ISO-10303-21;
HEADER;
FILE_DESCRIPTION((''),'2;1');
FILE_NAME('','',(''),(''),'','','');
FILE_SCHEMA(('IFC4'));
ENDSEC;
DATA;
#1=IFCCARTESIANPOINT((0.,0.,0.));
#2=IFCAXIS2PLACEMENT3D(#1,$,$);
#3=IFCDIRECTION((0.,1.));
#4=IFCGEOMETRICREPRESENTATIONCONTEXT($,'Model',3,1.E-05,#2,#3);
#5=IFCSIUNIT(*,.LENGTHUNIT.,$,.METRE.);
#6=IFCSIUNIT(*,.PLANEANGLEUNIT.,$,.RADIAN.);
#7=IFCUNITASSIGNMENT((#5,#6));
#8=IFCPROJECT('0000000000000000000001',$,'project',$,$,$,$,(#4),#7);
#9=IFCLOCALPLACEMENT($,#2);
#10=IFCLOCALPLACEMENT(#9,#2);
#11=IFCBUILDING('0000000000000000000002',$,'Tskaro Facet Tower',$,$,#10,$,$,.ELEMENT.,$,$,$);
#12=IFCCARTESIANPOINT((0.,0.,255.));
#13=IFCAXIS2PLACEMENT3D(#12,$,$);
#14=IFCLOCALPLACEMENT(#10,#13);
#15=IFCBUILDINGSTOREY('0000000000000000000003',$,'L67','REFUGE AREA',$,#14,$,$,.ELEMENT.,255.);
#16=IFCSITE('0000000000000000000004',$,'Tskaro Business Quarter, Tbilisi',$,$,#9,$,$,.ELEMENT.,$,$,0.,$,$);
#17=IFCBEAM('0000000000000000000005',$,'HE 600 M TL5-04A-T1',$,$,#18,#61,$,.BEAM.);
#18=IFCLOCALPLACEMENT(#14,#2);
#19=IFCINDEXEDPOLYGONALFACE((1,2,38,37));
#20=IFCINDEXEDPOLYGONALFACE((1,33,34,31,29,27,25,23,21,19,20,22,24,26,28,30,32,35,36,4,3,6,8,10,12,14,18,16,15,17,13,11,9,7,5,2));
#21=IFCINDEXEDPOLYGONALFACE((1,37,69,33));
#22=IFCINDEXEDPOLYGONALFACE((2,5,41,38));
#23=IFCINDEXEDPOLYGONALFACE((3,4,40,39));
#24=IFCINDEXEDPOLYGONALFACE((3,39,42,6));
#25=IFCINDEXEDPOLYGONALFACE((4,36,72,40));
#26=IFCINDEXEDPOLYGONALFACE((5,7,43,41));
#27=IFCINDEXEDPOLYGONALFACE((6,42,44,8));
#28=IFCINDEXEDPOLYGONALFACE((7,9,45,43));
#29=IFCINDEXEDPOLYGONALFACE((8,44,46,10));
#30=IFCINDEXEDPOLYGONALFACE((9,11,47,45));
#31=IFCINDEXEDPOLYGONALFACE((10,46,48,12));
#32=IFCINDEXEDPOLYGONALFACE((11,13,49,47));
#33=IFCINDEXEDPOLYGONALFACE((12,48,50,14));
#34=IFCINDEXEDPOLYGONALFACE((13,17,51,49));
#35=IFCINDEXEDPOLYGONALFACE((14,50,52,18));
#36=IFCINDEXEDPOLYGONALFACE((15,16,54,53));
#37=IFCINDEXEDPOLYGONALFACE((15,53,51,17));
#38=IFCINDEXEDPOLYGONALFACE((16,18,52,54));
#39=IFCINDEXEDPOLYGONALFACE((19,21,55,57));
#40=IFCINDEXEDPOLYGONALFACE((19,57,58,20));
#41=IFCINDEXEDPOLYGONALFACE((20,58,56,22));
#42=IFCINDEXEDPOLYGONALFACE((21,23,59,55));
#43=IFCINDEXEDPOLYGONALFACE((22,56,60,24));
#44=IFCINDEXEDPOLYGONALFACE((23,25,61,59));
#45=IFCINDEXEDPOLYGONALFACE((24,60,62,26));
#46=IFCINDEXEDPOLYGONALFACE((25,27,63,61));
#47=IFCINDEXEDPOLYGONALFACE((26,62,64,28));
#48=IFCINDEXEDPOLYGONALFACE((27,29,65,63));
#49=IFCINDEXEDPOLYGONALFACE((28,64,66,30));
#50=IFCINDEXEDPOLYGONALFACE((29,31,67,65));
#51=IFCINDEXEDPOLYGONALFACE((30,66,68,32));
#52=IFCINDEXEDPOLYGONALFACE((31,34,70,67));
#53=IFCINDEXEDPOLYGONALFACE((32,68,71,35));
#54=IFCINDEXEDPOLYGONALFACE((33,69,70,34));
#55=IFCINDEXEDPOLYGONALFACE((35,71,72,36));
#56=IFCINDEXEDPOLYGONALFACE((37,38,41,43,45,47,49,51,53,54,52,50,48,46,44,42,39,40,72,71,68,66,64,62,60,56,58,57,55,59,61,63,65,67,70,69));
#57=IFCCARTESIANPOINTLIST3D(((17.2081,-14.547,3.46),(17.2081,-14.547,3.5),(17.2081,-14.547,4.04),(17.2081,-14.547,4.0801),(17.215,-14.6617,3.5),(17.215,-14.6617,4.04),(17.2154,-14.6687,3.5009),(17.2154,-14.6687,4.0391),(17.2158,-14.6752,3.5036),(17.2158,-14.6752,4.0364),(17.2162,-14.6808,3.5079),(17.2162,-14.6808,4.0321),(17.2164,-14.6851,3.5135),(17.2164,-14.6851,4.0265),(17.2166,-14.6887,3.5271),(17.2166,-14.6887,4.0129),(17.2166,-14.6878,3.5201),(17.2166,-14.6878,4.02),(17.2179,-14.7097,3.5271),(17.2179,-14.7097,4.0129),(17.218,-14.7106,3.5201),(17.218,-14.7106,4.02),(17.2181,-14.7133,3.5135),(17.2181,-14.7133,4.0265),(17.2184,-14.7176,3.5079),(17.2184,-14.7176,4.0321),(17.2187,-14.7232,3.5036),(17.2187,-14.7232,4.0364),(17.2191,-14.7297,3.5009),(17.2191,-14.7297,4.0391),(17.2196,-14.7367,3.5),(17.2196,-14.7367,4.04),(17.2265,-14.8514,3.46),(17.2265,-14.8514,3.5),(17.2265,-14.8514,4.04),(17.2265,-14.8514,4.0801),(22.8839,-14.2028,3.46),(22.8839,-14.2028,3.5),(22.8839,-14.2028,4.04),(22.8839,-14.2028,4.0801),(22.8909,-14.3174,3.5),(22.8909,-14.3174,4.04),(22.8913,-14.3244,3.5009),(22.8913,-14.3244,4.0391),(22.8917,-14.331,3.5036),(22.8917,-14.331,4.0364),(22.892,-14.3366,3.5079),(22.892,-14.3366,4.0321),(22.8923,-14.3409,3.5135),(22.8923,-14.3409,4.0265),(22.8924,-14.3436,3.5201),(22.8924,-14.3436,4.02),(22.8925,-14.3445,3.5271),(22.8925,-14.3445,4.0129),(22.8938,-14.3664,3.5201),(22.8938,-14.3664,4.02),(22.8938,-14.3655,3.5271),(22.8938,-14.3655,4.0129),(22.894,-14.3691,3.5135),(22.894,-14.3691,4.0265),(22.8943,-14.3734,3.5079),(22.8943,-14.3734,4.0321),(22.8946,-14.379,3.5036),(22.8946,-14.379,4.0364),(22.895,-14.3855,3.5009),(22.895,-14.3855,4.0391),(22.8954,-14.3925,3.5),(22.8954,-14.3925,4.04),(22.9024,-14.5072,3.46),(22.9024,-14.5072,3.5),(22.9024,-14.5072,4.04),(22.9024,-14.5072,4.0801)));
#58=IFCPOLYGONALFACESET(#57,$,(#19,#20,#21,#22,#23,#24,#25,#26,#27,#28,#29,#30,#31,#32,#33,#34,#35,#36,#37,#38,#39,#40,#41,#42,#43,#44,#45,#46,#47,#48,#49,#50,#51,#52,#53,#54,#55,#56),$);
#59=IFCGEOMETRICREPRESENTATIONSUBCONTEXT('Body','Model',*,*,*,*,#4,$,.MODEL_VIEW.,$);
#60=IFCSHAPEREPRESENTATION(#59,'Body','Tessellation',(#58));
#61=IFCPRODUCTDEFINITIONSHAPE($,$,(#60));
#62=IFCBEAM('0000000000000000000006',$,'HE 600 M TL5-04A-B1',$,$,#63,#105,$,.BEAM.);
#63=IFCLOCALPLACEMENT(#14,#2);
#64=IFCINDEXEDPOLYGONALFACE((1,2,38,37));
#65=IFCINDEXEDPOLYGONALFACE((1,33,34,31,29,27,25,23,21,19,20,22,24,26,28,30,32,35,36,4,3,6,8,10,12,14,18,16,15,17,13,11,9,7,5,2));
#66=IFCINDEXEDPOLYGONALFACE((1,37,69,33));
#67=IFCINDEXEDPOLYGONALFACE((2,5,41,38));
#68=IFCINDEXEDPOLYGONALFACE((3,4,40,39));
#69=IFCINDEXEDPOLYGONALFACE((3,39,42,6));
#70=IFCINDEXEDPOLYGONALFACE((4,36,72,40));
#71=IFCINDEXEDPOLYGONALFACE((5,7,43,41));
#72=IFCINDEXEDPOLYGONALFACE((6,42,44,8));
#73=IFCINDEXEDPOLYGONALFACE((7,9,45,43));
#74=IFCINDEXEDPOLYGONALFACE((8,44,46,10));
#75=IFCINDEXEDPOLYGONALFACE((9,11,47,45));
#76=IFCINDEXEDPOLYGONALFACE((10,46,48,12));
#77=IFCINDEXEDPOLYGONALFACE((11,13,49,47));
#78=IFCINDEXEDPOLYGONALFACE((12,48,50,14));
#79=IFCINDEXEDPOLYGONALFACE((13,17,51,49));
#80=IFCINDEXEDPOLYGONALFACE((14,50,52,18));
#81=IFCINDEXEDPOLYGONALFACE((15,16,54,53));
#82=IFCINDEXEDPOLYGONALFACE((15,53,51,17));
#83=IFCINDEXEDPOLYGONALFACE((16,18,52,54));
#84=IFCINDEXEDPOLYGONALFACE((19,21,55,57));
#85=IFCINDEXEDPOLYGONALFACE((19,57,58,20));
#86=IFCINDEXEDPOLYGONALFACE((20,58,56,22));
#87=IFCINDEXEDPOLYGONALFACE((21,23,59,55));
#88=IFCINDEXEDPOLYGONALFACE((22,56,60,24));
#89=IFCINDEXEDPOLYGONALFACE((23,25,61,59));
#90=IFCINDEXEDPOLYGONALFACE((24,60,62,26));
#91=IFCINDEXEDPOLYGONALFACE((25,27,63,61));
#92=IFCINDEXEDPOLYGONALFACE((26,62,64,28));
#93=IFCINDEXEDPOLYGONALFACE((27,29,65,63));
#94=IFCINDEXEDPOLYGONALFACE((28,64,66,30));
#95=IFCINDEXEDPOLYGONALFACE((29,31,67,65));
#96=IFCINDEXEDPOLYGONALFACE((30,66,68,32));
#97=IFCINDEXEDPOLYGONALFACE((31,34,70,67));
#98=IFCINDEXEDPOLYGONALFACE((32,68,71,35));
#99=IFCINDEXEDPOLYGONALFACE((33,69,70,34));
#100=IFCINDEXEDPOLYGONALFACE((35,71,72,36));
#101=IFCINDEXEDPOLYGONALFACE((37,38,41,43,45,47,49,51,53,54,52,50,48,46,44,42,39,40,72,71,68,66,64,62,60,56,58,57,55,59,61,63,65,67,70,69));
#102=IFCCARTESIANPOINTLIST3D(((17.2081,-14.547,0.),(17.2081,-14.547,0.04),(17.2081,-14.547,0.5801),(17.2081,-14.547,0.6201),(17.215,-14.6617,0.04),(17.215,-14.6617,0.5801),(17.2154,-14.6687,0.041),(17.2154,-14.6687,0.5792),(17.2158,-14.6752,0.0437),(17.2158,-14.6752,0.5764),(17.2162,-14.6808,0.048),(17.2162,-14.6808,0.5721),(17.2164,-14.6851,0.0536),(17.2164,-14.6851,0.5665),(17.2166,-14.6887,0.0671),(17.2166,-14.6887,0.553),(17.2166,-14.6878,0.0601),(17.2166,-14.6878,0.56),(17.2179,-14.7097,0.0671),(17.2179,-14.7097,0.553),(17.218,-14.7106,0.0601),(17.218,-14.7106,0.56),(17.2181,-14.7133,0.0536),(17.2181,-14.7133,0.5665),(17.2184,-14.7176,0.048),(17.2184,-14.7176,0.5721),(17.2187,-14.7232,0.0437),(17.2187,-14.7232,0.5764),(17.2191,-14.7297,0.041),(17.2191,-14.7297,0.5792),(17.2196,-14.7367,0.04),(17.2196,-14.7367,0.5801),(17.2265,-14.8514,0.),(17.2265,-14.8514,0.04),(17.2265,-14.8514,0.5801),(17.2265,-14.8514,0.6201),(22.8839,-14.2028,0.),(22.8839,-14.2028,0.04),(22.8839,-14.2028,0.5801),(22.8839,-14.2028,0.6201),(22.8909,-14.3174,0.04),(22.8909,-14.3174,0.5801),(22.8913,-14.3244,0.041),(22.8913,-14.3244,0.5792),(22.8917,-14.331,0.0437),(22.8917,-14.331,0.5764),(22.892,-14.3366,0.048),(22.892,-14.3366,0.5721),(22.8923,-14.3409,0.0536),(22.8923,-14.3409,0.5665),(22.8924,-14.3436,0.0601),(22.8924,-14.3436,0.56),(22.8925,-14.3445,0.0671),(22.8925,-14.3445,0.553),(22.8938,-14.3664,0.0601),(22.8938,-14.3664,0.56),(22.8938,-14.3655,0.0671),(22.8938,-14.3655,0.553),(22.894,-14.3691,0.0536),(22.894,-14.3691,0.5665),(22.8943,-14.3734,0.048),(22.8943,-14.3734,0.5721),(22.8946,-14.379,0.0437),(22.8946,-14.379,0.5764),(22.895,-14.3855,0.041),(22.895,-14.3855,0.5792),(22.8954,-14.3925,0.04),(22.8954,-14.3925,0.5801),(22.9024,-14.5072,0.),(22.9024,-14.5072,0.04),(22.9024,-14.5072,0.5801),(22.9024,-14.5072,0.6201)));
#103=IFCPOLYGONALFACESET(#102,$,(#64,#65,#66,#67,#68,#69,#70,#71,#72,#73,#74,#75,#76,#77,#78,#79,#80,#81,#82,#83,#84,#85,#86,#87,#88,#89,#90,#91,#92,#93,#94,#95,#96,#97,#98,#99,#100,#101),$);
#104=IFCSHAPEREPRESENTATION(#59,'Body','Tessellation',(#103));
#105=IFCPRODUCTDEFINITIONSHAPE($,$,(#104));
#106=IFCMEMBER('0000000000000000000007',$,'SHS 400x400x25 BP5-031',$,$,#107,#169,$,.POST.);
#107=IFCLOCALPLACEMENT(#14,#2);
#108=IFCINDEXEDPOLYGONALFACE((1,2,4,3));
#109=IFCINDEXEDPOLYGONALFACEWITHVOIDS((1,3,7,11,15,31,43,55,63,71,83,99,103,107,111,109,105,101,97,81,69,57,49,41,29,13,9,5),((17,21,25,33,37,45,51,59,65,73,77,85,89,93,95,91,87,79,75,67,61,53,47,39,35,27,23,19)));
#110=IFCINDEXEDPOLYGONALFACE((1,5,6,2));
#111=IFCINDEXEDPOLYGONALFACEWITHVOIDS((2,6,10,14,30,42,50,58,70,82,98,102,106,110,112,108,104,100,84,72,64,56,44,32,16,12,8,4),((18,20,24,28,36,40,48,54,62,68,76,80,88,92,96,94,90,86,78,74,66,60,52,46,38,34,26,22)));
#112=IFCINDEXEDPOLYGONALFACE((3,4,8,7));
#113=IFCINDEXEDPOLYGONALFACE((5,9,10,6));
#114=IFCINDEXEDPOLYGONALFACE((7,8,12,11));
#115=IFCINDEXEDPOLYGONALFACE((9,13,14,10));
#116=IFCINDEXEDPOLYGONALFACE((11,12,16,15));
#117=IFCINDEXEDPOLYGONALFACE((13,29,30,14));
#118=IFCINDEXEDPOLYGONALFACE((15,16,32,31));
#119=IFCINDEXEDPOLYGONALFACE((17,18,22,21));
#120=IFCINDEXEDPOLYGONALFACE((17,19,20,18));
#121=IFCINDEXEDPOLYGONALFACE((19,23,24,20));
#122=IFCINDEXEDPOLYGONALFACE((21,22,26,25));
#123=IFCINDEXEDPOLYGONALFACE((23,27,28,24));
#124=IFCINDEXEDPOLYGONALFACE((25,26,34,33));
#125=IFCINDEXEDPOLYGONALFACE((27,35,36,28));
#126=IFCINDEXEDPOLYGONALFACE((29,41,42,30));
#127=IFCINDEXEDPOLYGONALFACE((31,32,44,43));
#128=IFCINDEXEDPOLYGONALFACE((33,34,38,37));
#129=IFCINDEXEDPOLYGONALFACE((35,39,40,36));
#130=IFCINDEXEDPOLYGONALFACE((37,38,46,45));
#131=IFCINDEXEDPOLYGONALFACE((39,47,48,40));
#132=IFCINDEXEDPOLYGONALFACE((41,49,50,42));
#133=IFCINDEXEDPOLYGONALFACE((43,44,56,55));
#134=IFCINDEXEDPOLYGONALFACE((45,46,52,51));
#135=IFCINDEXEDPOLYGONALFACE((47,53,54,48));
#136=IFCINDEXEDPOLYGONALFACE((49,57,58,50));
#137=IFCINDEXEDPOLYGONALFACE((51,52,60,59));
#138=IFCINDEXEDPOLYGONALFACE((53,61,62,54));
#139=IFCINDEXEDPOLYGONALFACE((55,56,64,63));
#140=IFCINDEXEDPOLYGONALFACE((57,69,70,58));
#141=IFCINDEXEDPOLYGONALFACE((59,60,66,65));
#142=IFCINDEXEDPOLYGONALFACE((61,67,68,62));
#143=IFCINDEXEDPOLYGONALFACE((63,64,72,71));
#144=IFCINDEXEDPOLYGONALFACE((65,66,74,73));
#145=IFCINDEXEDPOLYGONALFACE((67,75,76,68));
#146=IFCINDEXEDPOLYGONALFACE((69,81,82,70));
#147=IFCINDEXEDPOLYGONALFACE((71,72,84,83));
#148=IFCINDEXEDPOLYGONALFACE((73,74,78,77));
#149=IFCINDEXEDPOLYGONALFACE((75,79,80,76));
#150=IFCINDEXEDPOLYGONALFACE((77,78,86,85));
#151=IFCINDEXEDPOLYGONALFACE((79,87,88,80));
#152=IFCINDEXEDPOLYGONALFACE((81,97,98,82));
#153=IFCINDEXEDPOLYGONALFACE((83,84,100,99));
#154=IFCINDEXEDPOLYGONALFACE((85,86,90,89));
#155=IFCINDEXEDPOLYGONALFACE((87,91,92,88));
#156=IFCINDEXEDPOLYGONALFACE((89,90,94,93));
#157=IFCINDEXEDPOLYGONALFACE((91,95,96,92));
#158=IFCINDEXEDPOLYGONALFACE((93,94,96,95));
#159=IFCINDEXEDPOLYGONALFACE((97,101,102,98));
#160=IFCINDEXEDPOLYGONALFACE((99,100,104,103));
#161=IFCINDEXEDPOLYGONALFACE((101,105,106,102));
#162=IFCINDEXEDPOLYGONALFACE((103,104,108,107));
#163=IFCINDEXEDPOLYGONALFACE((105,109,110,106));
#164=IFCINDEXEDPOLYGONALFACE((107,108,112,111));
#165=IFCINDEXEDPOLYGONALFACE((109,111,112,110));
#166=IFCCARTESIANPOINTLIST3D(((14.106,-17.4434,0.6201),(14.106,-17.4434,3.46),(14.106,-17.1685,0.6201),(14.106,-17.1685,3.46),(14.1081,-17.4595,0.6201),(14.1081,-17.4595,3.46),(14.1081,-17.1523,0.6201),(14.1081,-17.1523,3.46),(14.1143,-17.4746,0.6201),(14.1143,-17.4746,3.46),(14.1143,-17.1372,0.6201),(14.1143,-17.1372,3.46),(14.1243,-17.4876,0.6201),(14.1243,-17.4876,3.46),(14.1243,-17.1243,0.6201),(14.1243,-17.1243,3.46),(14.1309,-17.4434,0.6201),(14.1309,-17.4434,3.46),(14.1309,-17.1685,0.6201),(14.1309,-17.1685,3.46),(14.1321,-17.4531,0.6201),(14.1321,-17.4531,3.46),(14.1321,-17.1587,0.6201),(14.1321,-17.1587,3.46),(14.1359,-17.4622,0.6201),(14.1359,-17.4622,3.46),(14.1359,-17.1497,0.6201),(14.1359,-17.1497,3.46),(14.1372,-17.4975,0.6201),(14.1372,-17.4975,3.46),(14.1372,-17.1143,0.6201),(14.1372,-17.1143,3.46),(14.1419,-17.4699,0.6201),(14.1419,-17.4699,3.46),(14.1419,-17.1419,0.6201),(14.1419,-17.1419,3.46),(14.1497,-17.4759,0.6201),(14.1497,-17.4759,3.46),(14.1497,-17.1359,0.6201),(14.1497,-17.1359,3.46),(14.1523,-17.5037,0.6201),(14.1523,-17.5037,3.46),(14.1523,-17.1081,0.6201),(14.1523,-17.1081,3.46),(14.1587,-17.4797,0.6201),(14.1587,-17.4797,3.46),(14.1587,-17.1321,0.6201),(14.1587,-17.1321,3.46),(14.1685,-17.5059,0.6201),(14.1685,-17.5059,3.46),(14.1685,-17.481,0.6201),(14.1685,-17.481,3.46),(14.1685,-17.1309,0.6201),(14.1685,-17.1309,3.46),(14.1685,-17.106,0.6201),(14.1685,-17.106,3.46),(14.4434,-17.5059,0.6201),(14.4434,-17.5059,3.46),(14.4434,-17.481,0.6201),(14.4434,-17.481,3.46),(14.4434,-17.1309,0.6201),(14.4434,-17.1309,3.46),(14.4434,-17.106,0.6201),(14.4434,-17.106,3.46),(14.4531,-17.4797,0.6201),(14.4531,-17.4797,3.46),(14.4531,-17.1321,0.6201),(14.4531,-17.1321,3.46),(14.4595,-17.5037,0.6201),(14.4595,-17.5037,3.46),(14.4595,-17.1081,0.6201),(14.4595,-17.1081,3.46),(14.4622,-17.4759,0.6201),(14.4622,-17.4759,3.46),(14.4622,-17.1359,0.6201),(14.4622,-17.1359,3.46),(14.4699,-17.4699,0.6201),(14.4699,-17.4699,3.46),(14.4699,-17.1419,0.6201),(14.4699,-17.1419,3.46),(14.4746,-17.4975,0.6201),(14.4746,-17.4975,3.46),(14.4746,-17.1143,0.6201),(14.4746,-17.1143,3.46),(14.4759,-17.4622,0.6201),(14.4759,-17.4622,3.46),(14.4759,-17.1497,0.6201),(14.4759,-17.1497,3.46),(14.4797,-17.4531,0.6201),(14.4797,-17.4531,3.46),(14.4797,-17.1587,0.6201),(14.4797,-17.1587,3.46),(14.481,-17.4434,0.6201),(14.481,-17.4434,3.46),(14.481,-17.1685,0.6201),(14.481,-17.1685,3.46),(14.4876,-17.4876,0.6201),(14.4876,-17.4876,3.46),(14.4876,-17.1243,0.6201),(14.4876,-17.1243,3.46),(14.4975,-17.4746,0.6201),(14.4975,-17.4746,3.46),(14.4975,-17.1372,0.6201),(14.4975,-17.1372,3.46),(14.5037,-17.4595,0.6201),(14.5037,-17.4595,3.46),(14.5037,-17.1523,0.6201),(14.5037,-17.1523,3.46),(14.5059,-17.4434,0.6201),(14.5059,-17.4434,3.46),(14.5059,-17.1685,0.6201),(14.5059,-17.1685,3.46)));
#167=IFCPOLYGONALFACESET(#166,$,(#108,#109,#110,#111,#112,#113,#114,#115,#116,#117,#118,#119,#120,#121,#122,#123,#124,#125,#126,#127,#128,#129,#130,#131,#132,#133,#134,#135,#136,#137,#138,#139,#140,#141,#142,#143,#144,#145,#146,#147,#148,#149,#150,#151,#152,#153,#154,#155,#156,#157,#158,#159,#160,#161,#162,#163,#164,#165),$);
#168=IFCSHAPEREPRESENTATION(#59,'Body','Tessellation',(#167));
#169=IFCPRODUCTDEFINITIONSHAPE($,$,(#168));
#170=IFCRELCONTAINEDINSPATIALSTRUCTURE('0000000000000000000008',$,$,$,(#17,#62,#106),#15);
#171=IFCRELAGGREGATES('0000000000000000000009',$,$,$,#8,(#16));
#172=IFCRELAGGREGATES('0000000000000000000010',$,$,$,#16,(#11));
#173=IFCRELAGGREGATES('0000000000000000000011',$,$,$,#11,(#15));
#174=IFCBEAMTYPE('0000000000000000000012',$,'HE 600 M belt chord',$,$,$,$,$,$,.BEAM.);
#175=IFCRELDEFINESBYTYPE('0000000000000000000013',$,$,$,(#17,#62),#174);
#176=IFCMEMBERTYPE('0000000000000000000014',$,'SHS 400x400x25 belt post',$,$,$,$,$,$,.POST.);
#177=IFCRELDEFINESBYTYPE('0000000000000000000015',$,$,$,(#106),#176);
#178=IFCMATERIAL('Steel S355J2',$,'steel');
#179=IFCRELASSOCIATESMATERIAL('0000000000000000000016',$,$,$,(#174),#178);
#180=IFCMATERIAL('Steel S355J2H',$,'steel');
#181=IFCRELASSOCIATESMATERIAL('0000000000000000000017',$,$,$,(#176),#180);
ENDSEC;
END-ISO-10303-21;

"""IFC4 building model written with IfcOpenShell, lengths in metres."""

from ifc_helpers import new_model, si_unit, direction, frame, origin, origin_2d, place, context, subcontext, project, spatial, hollow_rectangle, i_section, extrude, material, material_profile, profile_set, type_object, element, save


model = new_model("IFC4")

# Units and contexts
model_context = context("Model", 3, precision=1e-05, world=origin(), true_north=direction((0.0, 1.0)))
body_context = subcontext(model_context, "Body", "Model", "MODEL_VIEW")
ifc_project = project(units=[si_unit("LENGTHUNIT", "METRE"), si_unit("PLANEANGLEUNIT", "RADIAN")], contexts=[model_context])

# Site, building, storey
site_placement = place(None, origin())
site = spatial("IfcSite", under=ifc_project, at=site_placement, Name="Tskaro Business Quarter, Tbilisi", CompositionType="ELEMENT", RefElevation=0.0)
building_placement = place(site_placement, origin())
building = spatial("IfcBuilding", under=site, at=building_placement, Name="Tskaro Facet Tower", CompositionType="ELEMENT")
storey_placement = place(building_placement, frame((0.0, 0.0, 255.0)))
storey = spatial("IfcBuildingStorey", under=building, at=storey_placement, Name="L67", Description="REFUGE AREA", CompositionType="ELEMENT", Elevation=255.0)

# Shared definitions
ifc_material_1 = material(Name="Steel S355J2", Category="steel")
ifc_material_2 = material(Name="Steel S355J2H", Category="steel")

# Beams
ifc_material_profile_1 = material_profile(ifc_material_1, i_section(OverallWidth=0.3049, OverallDepth=0.6201, WebThickness=0.021, FlangeThickness=0.04, FilletRadius=0.0271, at=origin_2d()), Name="HE 600 M")
ifc_profile_set_1 = profile_set([ifc_material_profile_1], Name="Steel S355J2")
beam_type_1 = type_object("IfcBeamType", Name="HE 600 M belt chord", PredefinedType="BEAM", material=ifc_profile_set_1)
for number, where, z_axis, x_axis, name in (
    (1, (17.2173, -14.6992, 3.77), (0.998166, 0.060539, 0.0), (-0.060539, 0.998166, 0.0), "HE 600 M TL5-04A-T1"),
    (2, (17.2173, -14.6992, 0.3101), (0.998166, 0.060539, 0.0), (-0.060539, 0.998166, 0.0), "HE 600 M TL5-04A-B1"),
):
    element("IfcBeam", number, at=place(storey_placement, frame(where, z_axis=z_axis, x_axis=x_axis)), inside=storey, type_object=beam_type_1, Name=name, PredefinedType="BEAM", context=body_context, shape_type="SweptSolid", body=[
        extrude(i_section(OverallWidth=0.3049, OverallDepth=0.6201, WebThickness=0.021, FlangeThickness=0.04, FilletRadius=0.0271, at=origin_2d()), origin(), (0.0, 0.0, 1.0), 5.6863),
    ])

# Member
ifc_material_profile_2 = material_profile(ifc_material_2, hollow_rectangle(XDim=0.3999, YDim=0.3999, WallThickness=0.0249, InnerFilletRadius=0.0376, OuterFilletRadius=0.0625, at=origin_2d()), Name="SHS 400x400x25")
ifc_profile_set_2 = profile_set([ifc_material_profile_2], Name="Steel S355J2H")
member_type_1 = type_object("IfcMemberType", Name="SHS 400x400x25 belt post", PredefinedType="POST", material=ifc_profile_set_2)
for number, where, z_axis, x_axis, name in (
    (3, (14.3059, -17.3059, 0.6201), (0.0, 0.0, 1.0), (1.0, 0.0, 0.0), "SHS 400x400x25 BP5-031"),
):
    element("IfcMember", number, at=place(storey_placement, frame(where, z_axis=z_axis, x_axis=x_axis)), inside=storey, type_object=member_type_1, Name=name, PredefinedType="POST", context=body_context, shape_type="SweptSolid", body=[
        extrude(hollow_rectangle(XDim=0.3999, YDim=0.3999, WallThickness=0.0249, InnerFilletRadius=0.0376, OuterFilletRadius=0.0625, at=origin_2d()), origin(), (0.0, 0.0, 1.0), 2.8398),
    ])

save(model, "model.ifc")
